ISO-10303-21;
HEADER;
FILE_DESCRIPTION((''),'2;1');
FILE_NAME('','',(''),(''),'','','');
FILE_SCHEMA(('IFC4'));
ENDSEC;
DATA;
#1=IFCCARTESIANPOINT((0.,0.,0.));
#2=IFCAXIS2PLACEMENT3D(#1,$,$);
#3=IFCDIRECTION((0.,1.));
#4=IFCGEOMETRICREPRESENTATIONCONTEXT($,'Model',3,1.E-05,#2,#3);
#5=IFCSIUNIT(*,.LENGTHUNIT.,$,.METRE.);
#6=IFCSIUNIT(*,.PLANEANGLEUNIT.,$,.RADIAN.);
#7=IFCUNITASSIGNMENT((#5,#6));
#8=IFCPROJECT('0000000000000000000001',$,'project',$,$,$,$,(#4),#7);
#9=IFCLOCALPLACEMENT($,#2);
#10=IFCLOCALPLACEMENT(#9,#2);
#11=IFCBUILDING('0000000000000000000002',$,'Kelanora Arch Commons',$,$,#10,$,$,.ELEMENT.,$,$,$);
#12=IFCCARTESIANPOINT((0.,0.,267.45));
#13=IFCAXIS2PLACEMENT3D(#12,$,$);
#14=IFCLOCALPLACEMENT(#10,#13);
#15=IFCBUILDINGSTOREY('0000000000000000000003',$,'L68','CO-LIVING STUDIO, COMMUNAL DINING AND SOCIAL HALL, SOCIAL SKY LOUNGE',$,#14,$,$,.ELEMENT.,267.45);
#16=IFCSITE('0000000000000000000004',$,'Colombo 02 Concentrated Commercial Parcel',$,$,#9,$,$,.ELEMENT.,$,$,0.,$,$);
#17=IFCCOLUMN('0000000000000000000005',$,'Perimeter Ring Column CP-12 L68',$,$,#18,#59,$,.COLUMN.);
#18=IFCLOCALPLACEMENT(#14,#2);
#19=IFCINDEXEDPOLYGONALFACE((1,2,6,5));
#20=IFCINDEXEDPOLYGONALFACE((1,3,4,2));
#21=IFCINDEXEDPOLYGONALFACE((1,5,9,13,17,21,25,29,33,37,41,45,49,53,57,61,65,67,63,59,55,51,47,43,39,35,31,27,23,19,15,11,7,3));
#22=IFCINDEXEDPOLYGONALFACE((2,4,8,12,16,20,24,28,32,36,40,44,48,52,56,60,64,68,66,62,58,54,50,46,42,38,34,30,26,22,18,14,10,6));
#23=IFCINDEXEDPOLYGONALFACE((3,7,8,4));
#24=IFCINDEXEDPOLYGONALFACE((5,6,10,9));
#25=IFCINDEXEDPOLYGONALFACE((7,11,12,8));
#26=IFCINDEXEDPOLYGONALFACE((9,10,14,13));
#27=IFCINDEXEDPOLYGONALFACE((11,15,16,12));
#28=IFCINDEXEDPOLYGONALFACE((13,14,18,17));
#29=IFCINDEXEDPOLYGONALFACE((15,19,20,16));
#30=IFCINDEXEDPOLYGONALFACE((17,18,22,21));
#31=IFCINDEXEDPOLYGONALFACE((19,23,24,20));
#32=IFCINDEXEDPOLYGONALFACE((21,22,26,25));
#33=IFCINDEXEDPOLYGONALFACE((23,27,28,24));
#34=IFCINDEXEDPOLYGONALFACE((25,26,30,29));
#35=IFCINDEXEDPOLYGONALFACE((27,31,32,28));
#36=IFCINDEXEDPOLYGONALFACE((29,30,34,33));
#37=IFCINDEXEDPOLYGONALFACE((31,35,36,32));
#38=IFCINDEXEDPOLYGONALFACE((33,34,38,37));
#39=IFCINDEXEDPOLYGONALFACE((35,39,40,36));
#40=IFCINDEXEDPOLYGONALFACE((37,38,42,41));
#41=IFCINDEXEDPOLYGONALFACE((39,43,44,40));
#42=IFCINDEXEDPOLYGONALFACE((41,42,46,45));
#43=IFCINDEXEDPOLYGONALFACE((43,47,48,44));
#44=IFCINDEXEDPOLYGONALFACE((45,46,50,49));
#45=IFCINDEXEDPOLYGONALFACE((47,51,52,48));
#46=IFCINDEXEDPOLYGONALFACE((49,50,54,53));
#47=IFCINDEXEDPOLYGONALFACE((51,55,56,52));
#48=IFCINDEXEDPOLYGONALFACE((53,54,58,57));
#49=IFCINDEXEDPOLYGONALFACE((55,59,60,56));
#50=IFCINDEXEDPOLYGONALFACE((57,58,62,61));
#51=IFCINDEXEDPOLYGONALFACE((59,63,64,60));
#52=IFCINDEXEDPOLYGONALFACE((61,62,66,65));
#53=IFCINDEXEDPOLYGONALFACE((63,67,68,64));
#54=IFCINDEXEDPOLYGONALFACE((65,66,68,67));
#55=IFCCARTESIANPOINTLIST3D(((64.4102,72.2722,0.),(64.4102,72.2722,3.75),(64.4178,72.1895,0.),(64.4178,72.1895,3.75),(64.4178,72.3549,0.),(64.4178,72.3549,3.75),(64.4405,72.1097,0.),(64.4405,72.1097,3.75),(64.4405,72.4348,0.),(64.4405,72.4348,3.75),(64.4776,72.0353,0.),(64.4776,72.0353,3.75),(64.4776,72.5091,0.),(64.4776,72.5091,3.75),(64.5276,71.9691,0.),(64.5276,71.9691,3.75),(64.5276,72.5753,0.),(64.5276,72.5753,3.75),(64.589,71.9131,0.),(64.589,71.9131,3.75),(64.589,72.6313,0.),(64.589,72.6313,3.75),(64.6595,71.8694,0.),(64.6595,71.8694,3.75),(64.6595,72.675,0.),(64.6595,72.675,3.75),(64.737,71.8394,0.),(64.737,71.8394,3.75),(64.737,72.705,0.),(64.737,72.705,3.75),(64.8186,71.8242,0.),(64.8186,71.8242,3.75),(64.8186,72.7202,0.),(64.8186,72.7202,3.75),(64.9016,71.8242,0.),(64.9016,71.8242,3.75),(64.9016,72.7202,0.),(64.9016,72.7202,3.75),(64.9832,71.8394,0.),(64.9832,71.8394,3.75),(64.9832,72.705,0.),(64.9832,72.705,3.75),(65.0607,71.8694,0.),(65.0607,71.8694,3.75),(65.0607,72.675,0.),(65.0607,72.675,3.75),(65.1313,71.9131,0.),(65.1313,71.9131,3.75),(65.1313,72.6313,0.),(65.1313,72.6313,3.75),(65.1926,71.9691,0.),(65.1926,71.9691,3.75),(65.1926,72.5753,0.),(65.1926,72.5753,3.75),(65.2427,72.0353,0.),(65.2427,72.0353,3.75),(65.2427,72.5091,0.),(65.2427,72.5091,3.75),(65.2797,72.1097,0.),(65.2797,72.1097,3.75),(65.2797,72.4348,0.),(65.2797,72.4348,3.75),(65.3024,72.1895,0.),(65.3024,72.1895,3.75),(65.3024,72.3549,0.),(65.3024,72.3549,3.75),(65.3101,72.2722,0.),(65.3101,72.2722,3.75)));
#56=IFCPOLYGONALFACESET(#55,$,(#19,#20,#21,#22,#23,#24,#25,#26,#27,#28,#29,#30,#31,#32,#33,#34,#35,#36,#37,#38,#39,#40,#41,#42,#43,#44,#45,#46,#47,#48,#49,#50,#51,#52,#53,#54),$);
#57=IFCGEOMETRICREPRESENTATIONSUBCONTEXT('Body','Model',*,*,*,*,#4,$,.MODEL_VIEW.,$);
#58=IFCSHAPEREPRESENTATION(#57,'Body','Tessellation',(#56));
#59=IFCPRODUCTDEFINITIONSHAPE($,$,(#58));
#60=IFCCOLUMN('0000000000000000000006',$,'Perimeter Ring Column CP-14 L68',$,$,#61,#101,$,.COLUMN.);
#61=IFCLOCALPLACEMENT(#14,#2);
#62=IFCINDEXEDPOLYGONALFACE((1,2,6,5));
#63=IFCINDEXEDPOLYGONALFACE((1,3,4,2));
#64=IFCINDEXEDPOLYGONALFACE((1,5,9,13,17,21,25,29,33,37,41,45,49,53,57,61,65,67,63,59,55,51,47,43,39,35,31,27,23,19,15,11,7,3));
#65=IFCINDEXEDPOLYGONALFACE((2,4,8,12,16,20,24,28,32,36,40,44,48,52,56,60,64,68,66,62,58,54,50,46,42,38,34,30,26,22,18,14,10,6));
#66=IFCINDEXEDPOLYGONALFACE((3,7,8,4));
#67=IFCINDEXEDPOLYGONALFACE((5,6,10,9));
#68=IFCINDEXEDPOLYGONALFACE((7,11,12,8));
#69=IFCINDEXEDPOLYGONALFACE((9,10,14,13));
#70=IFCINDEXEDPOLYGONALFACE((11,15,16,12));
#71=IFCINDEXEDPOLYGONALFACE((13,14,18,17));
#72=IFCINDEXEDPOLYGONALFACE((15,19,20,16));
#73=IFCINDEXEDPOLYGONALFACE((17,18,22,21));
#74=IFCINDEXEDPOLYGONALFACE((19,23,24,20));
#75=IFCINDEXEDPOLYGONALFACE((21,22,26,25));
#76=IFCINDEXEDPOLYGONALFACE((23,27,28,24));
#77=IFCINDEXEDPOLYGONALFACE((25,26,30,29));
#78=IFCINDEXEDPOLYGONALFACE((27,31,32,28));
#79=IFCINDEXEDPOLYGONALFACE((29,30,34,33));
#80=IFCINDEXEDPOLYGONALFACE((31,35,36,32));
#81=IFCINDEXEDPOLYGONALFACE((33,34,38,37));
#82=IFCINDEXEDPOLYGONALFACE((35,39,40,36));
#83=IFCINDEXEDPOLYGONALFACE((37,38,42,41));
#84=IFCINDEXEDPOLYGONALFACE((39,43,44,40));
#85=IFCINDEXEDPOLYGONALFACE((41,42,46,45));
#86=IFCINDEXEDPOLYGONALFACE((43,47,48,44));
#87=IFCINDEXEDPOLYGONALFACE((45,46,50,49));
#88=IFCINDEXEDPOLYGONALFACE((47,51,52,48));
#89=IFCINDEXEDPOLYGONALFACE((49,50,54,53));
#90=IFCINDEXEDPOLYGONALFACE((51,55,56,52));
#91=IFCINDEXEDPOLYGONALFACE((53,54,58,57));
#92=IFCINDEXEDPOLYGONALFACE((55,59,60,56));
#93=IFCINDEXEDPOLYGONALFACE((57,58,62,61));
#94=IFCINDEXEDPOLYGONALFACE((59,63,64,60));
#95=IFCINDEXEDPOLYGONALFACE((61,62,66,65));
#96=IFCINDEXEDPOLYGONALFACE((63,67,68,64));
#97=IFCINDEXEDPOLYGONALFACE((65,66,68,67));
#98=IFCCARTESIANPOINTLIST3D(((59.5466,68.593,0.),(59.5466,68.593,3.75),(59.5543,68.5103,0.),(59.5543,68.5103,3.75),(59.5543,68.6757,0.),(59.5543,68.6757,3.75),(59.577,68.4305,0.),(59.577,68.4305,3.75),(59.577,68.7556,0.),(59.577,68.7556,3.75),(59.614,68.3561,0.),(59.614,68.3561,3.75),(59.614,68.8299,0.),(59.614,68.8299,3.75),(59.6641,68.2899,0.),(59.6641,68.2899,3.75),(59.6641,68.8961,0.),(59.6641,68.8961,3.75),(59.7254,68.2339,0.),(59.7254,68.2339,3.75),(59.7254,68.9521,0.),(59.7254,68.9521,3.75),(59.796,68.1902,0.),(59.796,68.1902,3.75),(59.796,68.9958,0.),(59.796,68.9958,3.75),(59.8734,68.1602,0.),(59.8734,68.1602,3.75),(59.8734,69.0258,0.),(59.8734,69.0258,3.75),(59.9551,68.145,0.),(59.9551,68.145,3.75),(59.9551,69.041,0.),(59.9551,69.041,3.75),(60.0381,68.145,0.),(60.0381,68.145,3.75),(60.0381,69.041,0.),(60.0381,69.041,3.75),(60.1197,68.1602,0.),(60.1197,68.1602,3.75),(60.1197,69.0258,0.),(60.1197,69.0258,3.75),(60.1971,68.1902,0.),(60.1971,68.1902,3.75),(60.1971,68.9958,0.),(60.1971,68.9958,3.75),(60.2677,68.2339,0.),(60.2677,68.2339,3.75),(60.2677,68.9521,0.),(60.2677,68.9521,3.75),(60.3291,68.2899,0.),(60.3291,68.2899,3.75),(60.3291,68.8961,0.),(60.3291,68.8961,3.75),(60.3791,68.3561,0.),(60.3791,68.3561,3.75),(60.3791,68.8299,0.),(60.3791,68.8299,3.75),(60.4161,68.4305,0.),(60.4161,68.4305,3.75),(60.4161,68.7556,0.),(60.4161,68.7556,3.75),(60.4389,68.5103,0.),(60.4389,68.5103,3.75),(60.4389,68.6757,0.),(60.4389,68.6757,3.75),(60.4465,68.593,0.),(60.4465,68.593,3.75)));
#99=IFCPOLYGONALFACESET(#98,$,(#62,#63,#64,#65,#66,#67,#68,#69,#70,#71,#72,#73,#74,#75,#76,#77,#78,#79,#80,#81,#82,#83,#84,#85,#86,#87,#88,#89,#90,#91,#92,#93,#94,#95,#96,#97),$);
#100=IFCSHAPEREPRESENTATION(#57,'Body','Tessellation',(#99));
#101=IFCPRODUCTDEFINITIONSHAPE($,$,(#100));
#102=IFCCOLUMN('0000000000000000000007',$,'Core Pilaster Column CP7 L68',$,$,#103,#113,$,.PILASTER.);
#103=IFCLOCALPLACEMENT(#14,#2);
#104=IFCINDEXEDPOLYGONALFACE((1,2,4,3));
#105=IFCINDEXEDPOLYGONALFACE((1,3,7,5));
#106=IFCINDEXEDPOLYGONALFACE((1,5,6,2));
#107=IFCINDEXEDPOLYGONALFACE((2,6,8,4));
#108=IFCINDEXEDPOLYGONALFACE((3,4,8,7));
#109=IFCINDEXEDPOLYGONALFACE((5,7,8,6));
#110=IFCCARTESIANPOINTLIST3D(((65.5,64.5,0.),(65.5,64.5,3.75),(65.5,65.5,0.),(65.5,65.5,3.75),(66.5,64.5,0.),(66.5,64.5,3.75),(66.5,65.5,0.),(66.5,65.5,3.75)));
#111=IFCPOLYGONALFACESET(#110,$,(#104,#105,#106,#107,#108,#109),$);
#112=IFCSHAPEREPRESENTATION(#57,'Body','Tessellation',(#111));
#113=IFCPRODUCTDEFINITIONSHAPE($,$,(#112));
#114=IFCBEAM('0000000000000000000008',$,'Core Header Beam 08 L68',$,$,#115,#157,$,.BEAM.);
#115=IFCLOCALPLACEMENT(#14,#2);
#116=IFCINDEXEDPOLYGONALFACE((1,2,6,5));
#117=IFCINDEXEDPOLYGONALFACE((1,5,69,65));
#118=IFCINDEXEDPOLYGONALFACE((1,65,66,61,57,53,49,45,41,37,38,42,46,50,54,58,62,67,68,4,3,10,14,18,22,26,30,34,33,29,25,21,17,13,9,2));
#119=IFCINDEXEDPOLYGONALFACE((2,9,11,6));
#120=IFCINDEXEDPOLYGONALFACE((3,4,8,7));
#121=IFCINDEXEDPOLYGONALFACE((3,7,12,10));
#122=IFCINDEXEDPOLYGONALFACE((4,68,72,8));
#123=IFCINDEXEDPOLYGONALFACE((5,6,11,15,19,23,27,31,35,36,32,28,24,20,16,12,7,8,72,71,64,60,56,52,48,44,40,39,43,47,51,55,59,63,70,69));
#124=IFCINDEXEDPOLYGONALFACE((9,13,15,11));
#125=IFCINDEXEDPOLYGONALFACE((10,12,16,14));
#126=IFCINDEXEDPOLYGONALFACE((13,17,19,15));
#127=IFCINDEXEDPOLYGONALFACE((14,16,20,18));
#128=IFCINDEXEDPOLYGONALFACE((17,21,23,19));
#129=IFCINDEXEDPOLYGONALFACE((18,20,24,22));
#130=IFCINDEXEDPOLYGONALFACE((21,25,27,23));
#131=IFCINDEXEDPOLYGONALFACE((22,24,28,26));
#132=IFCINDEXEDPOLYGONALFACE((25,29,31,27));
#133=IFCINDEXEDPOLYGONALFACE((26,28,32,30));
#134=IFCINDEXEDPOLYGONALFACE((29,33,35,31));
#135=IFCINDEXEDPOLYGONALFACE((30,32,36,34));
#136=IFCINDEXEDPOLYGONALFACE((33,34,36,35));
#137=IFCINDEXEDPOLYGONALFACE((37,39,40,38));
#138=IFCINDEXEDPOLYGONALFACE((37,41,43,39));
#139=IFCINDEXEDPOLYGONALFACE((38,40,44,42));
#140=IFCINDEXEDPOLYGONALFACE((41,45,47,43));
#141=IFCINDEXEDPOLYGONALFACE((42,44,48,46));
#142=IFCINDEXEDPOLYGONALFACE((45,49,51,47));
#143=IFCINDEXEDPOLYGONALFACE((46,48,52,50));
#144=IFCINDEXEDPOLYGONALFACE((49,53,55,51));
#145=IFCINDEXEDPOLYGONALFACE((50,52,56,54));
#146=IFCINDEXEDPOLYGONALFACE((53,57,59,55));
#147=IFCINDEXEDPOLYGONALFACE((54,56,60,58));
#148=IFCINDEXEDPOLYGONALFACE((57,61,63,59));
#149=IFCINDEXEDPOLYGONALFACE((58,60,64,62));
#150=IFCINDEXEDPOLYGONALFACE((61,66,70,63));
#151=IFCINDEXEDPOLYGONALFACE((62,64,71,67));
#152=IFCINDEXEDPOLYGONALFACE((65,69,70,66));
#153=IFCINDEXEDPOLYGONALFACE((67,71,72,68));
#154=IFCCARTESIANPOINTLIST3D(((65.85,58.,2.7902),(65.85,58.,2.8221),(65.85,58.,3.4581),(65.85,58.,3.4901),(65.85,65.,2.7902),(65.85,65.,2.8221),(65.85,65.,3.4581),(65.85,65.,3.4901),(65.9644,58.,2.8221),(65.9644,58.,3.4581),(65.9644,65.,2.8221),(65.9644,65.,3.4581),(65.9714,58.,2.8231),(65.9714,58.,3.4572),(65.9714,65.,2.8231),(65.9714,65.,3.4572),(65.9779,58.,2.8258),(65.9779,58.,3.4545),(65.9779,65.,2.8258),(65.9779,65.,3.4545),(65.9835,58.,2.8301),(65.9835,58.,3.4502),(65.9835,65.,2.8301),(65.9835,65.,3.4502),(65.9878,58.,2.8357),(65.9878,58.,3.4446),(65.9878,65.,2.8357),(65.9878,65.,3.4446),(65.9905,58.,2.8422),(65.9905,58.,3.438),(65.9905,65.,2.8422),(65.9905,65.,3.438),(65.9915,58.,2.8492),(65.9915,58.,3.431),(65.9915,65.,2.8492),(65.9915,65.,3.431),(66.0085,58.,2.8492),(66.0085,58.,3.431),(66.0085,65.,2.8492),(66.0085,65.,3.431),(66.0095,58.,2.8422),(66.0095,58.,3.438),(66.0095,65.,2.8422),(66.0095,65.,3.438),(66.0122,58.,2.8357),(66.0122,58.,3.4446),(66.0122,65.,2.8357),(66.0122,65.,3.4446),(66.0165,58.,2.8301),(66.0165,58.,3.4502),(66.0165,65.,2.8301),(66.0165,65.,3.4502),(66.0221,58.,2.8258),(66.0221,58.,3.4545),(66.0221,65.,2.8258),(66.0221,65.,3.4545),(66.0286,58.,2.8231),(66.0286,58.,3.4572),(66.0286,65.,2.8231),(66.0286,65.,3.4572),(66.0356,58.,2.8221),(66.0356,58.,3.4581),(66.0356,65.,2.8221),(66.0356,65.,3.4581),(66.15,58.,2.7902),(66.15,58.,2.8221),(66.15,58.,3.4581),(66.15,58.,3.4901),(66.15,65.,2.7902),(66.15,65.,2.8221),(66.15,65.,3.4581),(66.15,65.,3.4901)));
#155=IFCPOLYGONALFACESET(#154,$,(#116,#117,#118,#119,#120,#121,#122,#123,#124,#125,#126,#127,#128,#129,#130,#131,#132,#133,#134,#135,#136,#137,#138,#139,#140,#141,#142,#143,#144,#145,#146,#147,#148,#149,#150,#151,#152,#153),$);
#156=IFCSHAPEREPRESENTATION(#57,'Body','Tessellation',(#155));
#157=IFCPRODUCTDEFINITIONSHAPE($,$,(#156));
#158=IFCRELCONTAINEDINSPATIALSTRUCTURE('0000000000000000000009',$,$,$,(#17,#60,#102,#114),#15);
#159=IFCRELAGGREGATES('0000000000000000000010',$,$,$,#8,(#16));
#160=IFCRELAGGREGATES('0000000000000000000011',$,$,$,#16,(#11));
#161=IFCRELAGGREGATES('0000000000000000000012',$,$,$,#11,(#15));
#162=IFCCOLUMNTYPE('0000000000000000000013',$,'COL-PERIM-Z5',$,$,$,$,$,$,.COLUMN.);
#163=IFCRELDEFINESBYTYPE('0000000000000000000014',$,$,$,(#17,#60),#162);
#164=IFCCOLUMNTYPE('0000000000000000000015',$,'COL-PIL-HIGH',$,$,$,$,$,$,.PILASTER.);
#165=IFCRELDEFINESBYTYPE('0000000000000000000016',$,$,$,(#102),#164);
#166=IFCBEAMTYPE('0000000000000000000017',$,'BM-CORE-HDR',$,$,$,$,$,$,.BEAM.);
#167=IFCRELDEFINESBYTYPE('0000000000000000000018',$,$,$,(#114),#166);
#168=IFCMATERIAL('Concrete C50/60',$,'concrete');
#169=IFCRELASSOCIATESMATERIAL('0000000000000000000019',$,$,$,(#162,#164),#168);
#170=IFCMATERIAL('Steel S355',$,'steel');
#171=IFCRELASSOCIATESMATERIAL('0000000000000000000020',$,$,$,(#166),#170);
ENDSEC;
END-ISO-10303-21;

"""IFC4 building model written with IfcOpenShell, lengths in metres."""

from ifc_helpers import new_model, si_unit, direction, frame, origin, origin_2d, place, context, subcontext, project, spatial, rectangle, circle, i_section, extrude, material, material_profile, profile_set, type_object, element, save


model = new_model("IFC4")

# Units and contexts
model_context = context("Model", 3, precision=1e-05, world=origin(), true_north=direction((0.0, 1.0)))
body_context = subcontext(model_context, "Body", "Model", "MODEL_VIEW")
ifc_project = project(units=[si_unit("LENGTHUNIT", "METRE"), si_unit("PLANEANGLEUNIT", "RADIAN")], contexts=[model_context])

# Site, building, storey
site_placement = place(None, origin())
site = spatial("IfcSite", under=ifc_project, at=site_placement, Name="Colombo 02 Concentrated Commercial Parcel", CompositionType="ELEMENT", RefElevation=0.0)
building_placement = place(site_placement, origin())
building = spatial("IfcBuilding", under=site, at=building_placement, Name="Kelanora Arch Commons", CompositionType="ELEMENT")
storey_placement = place(building_placement, frame((0.0, 0.0, 267.45)))
storey = spatial("IfcBuildingStorey", under=building, at=storey_placement, Name="L68", Description="CO-LIVING STUDIO, COMMUNAL DINING AND SOCIAL HALL, SOCIAL SKY LOUNGE", CompositionType="ELEMENT", Elevation=267.45)

# Columns
ifc_material_1 = material(Name="Concrete C50/60", Category="concrete")
ifc_material_profile_1 = material_profile(ifc_material_1, circle(Radius=0.45, at=origin_2d()), Name="RCC900")
ifc_profile_set_1 = profile_set([ifc_material_profile_1], Name="Concrete C50/60")
column_type_1 = type_object("IfcColumnType", Name="COL-PERIM-Z5", PredefinedType="COLUMN", material=ifc_profile_set_1)
for number, where, z_axis, x_axis, name in (
    (1, (64.8601, 72.2722, 0.0), (0.0, 0.0, 1.0), (1.0, 0.0, 0.0), "Perimeter Ring Column CP-12 L68"),
    (2, (59.9966, 68.593, 0.0), (0.0, 0.0, 1.0), (1.0, 0.0, 0.0), "Perimeter Ring Column CP-14 L68"),
):
    element("IfcColumn", number, at=place(storey_placement, frame(where, z_axis=z_axis, x_axis=x_axis)), inside=storey, type_object=column_type_1, Name=name, PredefinedType="COLUMN", context=body_context, shape_type="SweptSolid", body=[
        extrude(circle(Radius=0.45, at=origin_2d()), origin(), (0.0, 0.0, 1.0), 3.75),
    ])
ifc_material_profile_2 = material_profile(ifc_material_1, rectangle(XDim=1.0, YDim=1.0, at=origin_2d()), Name="RC1000x1000")
ifc_profile_set_2 = profile_set([ifc_material_profile_2], Name="Concrete C50/60")
column_type_2 = type_object("IfcColumnType", Name="COL-PIL-HIGH", PredefinedType="PILASTER", material=ifc_profile_set_2)
column_placement = place(storey_placement, frame((66.0, 65.0, 0.0), z_axis=(0.0, 0.0, 1.0), x_axis=(1.0, 0.0, 0.0)))
element("IfcColumn", 3, at=column_placement, inside=storey, type_object=column_type_2, Name="Core Pilaster Column CP7 L68", PredefinedType="PILASTER", context=body_context, shape_type="SweptSolid", body=[
    extrude(rectangle(XDim=1.0, YDim=1.0, at=origin_2d()), origin(), (0.0, 0.0, 1.0), 3.75),
])

# Beam
ifc_material_2 = material(Name="Steel S355", Category="steel")
ifc_material_profile_3 = material_profile(ifc_material_2, i_section(OverallWidth=0.3, OverallDepth=0.7, WebThickness=0.0171, FlangeThickness=0.032, FilletRadius=0.0271, at=origin_2d()), Name="HEB700")
ifc_profile_set_3 = profile_set([ifc_material_profile_3], Name="Steel S355")
beam_type_1 = type_object("IfcBeamType", Name="BM-CORE-HDR", PredefinedType="BEAM", material=ifc_profile_set_3)
beam_1_placement = place(storey_placement, frame((66.0, 65.0, 3.1401), z_axis=(0.0, -1.0, 0.0), x_axis=(1.0, 0.0, 0.0)))
element("IfcBeam", 4, at=beam_1_placement, inside=storey, type_object=beam_type_1, Name="Core Header Beam 08 L68", PredefinedType="BEAM", context=body_context, shape_type="SweptSolid", body=[
    extrude(i_section(OverallWidth=0.3, OverallDepth=0.7, WebThickness=0.0171, FlangeThickness=0.032, FilletRadius=0.0271, at=origin_2d()), origin(), (0.0, 0.0, 1.0), 7.0),
])

save(model, "model.ifc")
